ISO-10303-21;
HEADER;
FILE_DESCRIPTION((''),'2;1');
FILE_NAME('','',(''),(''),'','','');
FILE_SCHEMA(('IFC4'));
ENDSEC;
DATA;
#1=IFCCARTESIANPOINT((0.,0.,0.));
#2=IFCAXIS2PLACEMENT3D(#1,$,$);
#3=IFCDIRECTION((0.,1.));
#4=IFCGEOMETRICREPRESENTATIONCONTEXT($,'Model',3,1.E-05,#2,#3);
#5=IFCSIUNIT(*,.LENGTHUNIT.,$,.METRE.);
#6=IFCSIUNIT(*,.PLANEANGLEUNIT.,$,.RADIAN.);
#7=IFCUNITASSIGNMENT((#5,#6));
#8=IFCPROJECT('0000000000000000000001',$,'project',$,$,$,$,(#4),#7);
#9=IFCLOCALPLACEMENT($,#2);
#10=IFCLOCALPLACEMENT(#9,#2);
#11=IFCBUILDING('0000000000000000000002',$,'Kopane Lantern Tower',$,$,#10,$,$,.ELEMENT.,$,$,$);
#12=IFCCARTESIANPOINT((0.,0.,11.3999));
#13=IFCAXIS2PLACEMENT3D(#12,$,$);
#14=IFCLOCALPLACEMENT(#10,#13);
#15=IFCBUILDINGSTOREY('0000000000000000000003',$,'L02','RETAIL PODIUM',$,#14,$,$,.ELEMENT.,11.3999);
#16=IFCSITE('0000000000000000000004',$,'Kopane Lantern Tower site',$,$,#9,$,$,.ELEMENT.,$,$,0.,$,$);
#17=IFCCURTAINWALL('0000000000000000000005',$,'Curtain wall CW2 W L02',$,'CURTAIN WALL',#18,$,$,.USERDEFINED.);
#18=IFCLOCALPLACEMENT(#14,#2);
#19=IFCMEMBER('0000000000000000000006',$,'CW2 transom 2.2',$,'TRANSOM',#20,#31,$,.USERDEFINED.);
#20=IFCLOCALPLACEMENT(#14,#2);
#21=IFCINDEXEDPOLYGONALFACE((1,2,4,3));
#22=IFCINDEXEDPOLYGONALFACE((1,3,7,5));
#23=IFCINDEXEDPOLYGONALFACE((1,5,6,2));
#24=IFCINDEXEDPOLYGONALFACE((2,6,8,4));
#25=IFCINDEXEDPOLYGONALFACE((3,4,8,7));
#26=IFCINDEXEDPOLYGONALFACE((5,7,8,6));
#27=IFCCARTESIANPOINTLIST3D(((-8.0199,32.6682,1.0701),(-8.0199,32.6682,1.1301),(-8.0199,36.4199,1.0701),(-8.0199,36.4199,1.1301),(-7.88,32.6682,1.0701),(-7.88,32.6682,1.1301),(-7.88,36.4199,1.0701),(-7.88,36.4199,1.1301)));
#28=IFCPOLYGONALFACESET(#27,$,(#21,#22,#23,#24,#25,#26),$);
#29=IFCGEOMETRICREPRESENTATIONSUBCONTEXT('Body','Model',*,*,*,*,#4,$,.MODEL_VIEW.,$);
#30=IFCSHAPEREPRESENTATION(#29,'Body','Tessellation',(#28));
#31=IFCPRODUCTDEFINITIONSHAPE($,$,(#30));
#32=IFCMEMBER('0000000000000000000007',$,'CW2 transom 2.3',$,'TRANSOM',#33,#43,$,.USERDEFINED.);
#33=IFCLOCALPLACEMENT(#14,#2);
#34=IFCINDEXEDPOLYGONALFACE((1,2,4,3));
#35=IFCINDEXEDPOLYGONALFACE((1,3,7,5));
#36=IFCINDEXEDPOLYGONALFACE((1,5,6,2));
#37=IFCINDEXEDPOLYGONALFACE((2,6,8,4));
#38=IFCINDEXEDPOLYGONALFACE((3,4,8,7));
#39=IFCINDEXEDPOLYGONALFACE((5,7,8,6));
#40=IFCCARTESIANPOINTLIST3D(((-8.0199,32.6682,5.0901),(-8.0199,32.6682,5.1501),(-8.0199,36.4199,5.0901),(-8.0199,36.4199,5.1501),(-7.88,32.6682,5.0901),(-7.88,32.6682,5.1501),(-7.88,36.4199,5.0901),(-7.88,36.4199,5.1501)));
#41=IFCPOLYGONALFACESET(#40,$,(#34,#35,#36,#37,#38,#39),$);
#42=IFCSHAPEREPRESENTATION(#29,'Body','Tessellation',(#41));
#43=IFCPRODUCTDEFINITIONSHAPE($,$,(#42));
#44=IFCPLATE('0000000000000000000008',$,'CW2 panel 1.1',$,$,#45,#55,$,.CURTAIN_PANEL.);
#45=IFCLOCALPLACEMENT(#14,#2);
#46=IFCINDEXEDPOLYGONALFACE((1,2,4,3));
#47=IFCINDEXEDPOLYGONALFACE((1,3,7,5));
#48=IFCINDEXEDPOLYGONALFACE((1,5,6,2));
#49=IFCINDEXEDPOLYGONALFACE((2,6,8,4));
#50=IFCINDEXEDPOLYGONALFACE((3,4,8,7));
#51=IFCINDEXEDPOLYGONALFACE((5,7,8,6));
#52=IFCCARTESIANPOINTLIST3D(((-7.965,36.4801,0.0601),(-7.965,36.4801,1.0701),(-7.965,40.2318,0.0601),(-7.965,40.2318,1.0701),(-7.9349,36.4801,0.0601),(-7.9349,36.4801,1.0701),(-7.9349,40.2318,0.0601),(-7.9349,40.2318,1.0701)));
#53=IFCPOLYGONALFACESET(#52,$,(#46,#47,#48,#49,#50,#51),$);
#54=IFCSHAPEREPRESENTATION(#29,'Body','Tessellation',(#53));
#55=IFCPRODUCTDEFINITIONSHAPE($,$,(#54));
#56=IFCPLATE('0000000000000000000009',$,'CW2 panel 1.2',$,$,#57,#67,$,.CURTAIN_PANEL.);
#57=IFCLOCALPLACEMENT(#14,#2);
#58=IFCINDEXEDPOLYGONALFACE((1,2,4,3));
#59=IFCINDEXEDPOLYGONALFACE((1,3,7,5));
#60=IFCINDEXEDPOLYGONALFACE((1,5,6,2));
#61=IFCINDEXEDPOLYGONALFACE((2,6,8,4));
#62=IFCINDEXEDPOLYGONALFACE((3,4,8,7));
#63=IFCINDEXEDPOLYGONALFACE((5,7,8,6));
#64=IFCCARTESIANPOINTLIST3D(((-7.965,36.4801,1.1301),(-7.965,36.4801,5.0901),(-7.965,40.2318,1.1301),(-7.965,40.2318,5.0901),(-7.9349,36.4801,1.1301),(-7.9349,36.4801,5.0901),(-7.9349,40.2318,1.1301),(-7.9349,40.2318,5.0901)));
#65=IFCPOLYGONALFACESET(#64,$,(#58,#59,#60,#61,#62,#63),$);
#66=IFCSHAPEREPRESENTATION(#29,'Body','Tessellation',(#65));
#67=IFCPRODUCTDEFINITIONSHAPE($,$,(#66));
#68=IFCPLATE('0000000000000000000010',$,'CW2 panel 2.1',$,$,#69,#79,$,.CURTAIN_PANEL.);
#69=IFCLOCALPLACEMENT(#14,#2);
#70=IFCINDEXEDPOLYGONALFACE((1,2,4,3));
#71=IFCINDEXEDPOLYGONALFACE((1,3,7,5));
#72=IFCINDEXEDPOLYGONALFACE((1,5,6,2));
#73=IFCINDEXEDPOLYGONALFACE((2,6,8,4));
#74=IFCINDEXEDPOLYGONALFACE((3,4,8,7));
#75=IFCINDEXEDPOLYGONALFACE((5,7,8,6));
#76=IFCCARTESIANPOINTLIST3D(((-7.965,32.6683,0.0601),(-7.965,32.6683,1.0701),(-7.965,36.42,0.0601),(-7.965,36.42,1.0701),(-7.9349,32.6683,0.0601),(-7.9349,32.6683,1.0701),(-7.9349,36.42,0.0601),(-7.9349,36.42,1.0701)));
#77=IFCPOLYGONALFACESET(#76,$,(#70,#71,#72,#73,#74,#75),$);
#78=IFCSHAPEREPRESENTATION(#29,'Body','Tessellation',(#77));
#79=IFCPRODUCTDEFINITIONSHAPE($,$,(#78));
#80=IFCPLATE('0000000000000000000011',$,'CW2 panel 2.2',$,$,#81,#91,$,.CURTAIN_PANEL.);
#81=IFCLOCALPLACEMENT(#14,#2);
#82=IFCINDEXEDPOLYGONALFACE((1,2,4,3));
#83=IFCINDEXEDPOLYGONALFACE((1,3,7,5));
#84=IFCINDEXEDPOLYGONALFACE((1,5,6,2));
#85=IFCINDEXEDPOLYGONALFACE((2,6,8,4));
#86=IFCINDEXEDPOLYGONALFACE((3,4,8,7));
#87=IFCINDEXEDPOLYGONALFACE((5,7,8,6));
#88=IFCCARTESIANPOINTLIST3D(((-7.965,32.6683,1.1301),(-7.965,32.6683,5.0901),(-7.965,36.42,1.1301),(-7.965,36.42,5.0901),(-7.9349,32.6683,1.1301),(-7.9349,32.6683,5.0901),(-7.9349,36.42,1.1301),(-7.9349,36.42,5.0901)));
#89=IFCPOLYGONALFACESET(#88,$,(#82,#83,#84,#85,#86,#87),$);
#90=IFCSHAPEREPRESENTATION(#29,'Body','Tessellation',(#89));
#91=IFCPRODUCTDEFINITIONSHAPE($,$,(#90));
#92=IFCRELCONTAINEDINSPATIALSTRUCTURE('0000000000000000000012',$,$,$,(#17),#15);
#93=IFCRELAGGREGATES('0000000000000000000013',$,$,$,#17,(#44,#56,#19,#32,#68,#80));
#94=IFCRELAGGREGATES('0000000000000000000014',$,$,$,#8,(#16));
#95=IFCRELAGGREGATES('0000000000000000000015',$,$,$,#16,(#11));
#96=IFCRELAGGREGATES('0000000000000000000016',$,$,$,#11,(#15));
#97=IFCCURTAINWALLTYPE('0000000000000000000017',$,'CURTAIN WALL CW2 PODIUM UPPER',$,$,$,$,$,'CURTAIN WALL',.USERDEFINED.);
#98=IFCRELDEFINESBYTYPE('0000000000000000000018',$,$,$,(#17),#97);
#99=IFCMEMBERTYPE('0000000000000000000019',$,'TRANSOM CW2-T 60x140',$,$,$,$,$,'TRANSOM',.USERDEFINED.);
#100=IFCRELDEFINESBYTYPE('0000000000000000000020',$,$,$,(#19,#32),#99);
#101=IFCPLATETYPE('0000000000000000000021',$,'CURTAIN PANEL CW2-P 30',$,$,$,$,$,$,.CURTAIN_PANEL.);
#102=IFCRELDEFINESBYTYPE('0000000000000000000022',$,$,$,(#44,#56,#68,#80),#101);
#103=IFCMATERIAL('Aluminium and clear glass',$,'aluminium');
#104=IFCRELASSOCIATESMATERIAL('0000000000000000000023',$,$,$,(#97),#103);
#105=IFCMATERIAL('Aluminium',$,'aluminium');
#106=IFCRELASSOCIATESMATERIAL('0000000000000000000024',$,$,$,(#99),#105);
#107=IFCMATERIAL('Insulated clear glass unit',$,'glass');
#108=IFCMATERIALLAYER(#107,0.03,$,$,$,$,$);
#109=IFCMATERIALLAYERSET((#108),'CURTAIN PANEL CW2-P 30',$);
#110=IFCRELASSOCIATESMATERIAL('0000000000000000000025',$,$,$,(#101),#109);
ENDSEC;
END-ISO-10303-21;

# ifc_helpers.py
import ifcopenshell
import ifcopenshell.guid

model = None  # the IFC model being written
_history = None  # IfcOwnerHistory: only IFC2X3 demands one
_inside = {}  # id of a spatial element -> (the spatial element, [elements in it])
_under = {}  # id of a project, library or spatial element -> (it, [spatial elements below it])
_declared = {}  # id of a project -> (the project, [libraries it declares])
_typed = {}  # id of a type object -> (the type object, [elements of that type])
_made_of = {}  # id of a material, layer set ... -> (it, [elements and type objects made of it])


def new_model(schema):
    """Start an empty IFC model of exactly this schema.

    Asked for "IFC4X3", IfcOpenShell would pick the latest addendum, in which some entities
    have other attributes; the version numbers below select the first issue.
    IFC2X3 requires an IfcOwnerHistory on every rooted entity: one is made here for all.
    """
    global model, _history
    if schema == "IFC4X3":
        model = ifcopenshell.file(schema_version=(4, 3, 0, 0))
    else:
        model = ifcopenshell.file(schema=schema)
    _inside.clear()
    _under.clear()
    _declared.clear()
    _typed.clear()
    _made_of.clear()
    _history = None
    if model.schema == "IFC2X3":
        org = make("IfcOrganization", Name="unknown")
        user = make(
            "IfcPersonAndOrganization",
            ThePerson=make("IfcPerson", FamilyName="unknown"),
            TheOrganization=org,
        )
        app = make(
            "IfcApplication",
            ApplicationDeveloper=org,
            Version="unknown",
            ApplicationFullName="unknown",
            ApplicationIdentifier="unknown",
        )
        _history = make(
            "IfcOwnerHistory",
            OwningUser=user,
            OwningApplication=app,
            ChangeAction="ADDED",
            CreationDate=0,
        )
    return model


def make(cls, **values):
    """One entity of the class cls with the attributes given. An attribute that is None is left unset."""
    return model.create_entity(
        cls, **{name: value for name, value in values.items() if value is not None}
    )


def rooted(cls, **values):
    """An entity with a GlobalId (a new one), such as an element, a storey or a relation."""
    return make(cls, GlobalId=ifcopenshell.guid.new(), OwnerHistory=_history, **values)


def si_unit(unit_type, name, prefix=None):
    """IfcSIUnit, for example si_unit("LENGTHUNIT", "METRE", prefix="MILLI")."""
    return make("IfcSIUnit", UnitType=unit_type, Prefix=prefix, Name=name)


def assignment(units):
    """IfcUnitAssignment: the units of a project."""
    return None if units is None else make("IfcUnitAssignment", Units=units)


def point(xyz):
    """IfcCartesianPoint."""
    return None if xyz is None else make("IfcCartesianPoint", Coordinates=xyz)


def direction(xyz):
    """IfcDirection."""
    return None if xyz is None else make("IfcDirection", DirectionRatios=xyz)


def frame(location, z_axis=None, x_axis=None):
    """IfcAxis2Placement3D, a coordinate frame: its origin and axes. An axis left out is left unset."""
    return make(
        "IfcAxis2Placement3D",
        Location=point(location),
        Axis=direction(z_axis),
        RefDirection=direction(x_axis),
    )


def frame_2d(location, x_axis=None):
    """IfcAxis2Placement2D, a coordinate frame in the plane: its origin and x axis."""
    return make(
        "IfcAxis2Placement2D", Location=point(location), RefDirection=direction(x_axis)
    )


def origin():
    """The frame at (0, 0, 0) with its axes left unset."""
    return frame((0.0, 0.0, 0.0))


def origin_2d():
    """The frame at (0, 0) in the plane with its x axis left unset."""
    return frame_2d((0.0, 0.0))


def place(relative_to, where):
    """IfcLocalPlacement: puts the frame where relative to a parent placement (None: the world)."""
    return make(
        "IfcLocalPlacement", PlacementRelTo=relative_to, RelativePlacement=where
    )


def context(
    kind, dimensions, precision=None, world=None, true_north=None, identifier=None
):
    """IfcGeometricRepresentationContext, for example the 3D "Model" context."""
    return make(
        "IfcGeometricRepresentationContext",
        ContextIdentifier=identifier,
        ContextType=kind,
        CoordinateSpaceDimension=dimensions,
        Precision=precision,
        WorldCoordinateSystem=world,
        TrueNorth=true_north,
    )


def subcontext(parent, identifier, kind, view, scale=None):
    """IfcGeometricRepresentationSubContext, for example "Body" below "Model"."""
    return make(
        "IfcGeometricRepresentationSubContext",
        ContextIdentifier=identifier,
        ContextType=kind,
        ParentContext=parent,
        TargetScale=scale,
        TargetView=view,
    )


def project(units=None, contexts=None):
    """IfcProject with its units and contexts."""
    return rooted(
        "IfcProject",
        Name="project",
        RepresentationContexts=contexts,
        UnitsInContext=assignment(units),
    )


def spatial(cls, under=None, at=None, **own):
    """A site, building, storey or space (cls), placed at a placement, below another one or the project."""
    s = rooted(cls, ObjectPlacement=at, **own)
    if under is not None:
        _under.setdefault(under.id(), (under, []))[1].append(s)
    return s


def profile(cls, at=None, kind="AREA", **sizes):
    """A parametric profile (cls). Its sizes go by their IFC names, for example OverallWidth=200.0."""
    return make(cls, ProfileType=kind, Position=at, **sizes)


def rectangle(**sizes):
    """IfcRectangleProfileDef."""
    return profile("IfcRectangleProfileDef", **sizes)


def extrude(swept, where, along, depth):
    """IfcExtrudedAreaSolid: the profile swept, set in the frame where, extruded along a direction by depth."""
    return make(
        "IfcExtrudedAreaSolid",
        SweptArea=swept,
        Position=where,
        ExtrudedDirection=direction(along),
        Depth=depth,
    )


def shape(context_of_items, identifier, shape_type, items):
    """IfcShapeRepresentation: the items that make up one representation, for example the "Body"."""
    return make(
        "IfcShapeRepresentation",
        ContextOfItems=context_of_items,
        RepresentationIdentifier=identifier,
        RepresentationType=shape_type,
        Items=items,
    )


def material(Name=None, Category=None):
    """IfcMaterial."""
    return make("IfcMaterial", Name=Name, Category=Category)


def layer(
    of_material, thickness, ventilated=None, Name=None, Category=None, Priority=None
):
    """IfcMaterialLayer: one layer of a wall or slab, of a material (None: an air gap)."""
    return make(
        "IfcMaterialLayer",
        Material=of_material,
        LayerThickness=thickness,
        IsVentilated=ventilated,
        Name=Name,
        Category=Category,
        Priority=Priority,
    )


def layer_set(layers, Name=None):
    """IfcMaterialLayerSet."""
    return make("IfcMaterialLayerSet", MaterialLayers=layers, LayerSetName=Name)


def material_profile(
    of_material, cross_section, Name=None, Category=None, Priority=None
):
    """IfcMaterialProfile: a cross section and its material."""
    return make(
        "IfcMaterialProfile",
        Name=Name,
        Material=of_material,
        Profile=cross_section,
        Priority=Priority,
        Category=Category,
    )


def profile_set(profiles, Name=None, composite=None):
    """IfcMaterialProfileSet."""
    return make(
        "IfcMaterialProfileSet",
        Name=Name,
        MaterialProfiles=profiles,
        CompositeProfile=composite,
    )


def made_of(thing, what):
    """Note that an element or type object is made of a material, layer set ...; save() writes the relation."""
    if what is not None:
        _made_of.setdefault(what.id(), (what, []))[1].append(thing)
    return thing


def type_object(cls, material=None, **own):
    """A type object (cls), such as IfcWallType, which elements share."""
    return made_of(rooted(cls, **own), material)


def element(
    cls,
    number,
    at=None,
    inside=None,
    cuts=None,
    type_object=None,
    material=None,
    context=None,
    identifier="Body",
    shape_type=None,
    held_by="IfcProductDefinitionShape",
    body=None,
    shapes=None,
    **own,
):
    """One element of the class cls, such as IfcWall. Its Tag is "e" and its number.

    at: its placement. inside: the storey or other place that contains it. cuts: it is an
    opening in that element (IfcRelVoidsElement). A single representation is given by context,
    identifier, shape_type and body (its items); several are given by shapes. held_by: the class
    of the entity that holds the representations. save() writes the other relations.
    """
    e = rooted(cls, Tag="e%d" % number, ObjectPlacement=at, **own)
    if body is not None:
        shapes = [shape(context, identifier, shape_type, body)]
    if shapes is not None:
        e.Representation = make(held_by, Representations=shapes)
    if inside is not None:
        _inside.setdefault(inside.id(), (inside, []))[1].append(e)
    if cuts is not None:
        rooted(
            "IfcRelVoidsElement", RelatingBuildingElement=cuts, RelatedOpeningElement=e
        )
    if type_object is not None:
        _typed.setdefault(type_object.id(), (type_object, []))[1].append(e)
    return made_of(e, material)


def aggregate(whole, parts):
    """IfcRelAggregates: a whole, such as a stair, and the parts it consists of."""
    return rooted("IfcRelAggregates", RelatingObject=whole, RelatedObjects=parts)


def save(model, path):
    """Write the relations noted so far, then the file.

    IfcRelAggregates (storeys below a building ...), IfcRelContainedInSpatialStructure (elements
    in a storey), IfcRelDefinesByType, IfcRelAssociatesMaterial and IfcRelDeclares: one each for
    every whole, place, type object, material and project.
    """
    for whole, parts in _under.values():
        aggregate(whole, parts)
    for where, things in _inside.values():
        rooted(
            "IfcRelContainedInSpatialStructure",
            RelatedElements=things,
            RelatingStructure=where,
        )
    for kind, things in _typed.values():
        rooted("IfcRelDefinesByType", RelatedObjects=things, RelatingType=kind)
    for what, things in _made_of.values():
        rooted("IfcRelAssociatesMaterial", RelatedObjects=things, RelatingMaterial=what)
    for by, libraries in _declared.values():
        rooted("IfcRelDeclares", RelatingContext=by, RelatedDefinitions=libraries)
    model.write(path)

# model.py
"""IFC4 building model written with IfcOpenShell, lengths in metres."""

from ifc_helpers import new_model, si_unit, direction, frame, origin, origin_2d, place, context, subcontext, project, spatial, rectangle, extrude, material, layer, layer_set, material_profile, profile_set, type_object, element, aggregate, save


model = new_model("IFC4")

# Units and contexts
model_context = context("Model", 3, precision=1e-05, world=origin(), true_north=direction((0.0, 1.0)))
body_context = subcontext(model_context, "Body", "Model", "MODEL_VIEW")
ifc_project = project(units=[si_unit("LENGTHUNIT", "METRE"), si_unit("PLANEANGLEUNIT", "RADIAN")], contexts=[model_context])

# Site, building, storey
site_placement = place(None, origin())
site = spatial("IfcSite", under=ifc_project, at=site_placement, Name="Kopane Lantern Tower site", CompositionType="ELEMENT", RefElevation=0.0)
building_placement = place(site_placement, origin())
building = spatial("IfcBuilding", under=site, at=building_placement, Name="Kopane Lantern Tower", CompositionType="ELEMENT")
storey_placement = place(building_placement, frame((0.0, 0.0, 11.3999)))
storey = spatial("IfcBuildingStorey", under=building, at=storey_placement, Name="L02", Description="RETAIL PODIUM", CompositionType="ELEMENT", Elevation=11.3999)

# Curtain wall, members, plates
ifc_material_1 = material(Name="Aluminium and clear glass", Category="aluminium")
curtain_wall_type = type_object("IfcCurtainWallType", Name="CURTAIN WALL CW2 PODIUM UPPER", ElementType="CURTAIN WALL", PredefinedType="USERDEFINED", material=ifc_material_1)
curtain_wall_placement = place(storey_placement, origin())
curtain_wall = element("IfcCurtainWall", 1, at=curtain_wall_placement, inside=storey, type_object=curtain_wall_type, Name="Curtain wall CW2 W L02", ObjectType="CURTAIN WALL", PredefinedType="USERDEFINED")
ifc_material_2 = material(Name="Aluminium", Category="aluminium")
ifc_material_profile_1 = material_profile(ifc_material_2, rectangle(XDim=0.1399, YDim=0.0601, at=origin_2d()), Name="AL 140x60")
ifc_profile_set_1 = profile_set([ifc_material_profile_1], Name="Aluminium")
member_type_1 = type_object("IfcMemberType", Name="TRANSOM CW2-T 60x140", ElementType="TRANSOM", PredefinedType="USERDEFINED", material=ifc_profile_set_1)
member_1_placement = place(storey_placement, frame((-7.95, 36.4199, 1.1001), z_axis=(0.0, -1.0, 0.0), x_axis=(1.0, 0.0, 0.0)))
member_1 = element("IfcMember", 2, at=member_1_placement, type_object=member_type_1, Name="CW2 transom 2.2", ObjectType="TRANSOM", PredefinedType="USERDEFINED", context=body_context, shape_type="SweptSolid", body=[
    extrude(rectangle(XDim=0.1399, YDim=0.0601, at=origin_2d()), origin(), (0.0, 0.0, 1.0), 3.7517),
])
member_2_placement = place(storey_placement, frame((-7.95, 36.4199, 5.1201), z_axis=(0.0, -1.0, 0.0), x_axis=(1.0, 0.0, 0.0)))
member_2 = element("IfcMember", 3, at=member_2_placement, type_object=member_type_1, Name="CW2 transom 2.3", ObjectType="TRANSOM", PredefinedType="USERDEFINED", context=body_context, shape_type="SweptSolid", body=[
    extrude(rectangle(XDim=0.1399, YDim=0.0601, at=origin_2d()), origin(), (0.0, 0.0, 1.0), 3.7517),
])
ifc_material_3 = material(Name="Insulated clear glass unit", Category="glass")
ifc_layer = layer(ifc_material_3, 0.03)
ifc_layer_set = layer_set([ifc_layer], Name="CURTAIN PANEL CW2-P 30")
plate_type = type_object("IfcPlateType", Name="CURTAIN PANEL CW2-P 30", PredefinedType="CURTAIN_PANEL", material=ifc_layer_set)
plate_1_placement = place(storey_placement, frame((-7.95, 38.356, 0.0601), z_axis=(0.0, 0.0, 1.0), x_axis=(0.0, -1.0, 0.0)))
plate_1 = element("IfcPlate", 4, at=plate_1_placement, type_object=plate_type, Name="CW2 panel 1.1", PredefinedType="CURTAIN_PANEL", context=body_context, shape_type="SweptSolid", body=[
    extrude(rectangle(XDim=3.7517, YDim=0.03, at=origin_2d()), origin(), (0.0, 0.0, 1.0), 1.01),
])
plate_2_placement = place(storey_placement, frame((-7.95, 38.356, 1.1301), z_axis=(0.0, 0.0, 1.0), x_axis=(0.0, -1.0, 0.0)))
plate_2 = element("IfcPlate", 5, at=plate_2_placement, type_object=plate_type, Name="CW2 panel 1.2", PredefinedType="CURTAIN_PANEL", context=body_context, shape_type="SweptSolid", body=[
    extrude(rectangle(XDim=3.7517, YDim=0.03, at=origin_2d()), origin(), (0.0, 0.0, 1.0), 3.96),
])
plate_3_placement = place(storey_placement, frame((-7.95, 34.5442, 0.0601), z_axis=(0.0, 0.0, 1.0), x_axis=(0.0, -1.0, 0.0)))
plate_3 = element("IfcPlate", 6, at=plate_3_placement, type_object=plate_type, Name="CW2 panel 2.1", PredefinedType="CURTAIN_PANEL", context=body_context, shape_type="SweptSolid", body=[
    extrude(rectangle(XDim=3.7517, YDim=0.03, at=origin_2d()), origin(), (0.0, 0.0, 1.0), 1.01),
])
plate_4_placement = place(storey_placement, frame((-7.95, 34.5442, 1.1301), z_axis=(0.0, 0.0, 1.0), x_axis=(0.0, -1.0, 0.0)))
plate_4 = element("IfcPlate", 7, at=plate_4_placement, type_object=plate_type, Name="CW2 panel 2.2", PredefinedType="CURTAIN_PANEL", context=body_context, shape_type="SweptSolid", body=[
    extrude(rectangle(XDim=3.7517, YDim=0.03, at=origin_2d()), origin(), (0.0, 0.0, 1.0), 3.96),
])
aggregate(curtain_wall, [plate_1, plate_2, member_1, member_2, plate_3, plate_4])

save(model, "model.ifc")
